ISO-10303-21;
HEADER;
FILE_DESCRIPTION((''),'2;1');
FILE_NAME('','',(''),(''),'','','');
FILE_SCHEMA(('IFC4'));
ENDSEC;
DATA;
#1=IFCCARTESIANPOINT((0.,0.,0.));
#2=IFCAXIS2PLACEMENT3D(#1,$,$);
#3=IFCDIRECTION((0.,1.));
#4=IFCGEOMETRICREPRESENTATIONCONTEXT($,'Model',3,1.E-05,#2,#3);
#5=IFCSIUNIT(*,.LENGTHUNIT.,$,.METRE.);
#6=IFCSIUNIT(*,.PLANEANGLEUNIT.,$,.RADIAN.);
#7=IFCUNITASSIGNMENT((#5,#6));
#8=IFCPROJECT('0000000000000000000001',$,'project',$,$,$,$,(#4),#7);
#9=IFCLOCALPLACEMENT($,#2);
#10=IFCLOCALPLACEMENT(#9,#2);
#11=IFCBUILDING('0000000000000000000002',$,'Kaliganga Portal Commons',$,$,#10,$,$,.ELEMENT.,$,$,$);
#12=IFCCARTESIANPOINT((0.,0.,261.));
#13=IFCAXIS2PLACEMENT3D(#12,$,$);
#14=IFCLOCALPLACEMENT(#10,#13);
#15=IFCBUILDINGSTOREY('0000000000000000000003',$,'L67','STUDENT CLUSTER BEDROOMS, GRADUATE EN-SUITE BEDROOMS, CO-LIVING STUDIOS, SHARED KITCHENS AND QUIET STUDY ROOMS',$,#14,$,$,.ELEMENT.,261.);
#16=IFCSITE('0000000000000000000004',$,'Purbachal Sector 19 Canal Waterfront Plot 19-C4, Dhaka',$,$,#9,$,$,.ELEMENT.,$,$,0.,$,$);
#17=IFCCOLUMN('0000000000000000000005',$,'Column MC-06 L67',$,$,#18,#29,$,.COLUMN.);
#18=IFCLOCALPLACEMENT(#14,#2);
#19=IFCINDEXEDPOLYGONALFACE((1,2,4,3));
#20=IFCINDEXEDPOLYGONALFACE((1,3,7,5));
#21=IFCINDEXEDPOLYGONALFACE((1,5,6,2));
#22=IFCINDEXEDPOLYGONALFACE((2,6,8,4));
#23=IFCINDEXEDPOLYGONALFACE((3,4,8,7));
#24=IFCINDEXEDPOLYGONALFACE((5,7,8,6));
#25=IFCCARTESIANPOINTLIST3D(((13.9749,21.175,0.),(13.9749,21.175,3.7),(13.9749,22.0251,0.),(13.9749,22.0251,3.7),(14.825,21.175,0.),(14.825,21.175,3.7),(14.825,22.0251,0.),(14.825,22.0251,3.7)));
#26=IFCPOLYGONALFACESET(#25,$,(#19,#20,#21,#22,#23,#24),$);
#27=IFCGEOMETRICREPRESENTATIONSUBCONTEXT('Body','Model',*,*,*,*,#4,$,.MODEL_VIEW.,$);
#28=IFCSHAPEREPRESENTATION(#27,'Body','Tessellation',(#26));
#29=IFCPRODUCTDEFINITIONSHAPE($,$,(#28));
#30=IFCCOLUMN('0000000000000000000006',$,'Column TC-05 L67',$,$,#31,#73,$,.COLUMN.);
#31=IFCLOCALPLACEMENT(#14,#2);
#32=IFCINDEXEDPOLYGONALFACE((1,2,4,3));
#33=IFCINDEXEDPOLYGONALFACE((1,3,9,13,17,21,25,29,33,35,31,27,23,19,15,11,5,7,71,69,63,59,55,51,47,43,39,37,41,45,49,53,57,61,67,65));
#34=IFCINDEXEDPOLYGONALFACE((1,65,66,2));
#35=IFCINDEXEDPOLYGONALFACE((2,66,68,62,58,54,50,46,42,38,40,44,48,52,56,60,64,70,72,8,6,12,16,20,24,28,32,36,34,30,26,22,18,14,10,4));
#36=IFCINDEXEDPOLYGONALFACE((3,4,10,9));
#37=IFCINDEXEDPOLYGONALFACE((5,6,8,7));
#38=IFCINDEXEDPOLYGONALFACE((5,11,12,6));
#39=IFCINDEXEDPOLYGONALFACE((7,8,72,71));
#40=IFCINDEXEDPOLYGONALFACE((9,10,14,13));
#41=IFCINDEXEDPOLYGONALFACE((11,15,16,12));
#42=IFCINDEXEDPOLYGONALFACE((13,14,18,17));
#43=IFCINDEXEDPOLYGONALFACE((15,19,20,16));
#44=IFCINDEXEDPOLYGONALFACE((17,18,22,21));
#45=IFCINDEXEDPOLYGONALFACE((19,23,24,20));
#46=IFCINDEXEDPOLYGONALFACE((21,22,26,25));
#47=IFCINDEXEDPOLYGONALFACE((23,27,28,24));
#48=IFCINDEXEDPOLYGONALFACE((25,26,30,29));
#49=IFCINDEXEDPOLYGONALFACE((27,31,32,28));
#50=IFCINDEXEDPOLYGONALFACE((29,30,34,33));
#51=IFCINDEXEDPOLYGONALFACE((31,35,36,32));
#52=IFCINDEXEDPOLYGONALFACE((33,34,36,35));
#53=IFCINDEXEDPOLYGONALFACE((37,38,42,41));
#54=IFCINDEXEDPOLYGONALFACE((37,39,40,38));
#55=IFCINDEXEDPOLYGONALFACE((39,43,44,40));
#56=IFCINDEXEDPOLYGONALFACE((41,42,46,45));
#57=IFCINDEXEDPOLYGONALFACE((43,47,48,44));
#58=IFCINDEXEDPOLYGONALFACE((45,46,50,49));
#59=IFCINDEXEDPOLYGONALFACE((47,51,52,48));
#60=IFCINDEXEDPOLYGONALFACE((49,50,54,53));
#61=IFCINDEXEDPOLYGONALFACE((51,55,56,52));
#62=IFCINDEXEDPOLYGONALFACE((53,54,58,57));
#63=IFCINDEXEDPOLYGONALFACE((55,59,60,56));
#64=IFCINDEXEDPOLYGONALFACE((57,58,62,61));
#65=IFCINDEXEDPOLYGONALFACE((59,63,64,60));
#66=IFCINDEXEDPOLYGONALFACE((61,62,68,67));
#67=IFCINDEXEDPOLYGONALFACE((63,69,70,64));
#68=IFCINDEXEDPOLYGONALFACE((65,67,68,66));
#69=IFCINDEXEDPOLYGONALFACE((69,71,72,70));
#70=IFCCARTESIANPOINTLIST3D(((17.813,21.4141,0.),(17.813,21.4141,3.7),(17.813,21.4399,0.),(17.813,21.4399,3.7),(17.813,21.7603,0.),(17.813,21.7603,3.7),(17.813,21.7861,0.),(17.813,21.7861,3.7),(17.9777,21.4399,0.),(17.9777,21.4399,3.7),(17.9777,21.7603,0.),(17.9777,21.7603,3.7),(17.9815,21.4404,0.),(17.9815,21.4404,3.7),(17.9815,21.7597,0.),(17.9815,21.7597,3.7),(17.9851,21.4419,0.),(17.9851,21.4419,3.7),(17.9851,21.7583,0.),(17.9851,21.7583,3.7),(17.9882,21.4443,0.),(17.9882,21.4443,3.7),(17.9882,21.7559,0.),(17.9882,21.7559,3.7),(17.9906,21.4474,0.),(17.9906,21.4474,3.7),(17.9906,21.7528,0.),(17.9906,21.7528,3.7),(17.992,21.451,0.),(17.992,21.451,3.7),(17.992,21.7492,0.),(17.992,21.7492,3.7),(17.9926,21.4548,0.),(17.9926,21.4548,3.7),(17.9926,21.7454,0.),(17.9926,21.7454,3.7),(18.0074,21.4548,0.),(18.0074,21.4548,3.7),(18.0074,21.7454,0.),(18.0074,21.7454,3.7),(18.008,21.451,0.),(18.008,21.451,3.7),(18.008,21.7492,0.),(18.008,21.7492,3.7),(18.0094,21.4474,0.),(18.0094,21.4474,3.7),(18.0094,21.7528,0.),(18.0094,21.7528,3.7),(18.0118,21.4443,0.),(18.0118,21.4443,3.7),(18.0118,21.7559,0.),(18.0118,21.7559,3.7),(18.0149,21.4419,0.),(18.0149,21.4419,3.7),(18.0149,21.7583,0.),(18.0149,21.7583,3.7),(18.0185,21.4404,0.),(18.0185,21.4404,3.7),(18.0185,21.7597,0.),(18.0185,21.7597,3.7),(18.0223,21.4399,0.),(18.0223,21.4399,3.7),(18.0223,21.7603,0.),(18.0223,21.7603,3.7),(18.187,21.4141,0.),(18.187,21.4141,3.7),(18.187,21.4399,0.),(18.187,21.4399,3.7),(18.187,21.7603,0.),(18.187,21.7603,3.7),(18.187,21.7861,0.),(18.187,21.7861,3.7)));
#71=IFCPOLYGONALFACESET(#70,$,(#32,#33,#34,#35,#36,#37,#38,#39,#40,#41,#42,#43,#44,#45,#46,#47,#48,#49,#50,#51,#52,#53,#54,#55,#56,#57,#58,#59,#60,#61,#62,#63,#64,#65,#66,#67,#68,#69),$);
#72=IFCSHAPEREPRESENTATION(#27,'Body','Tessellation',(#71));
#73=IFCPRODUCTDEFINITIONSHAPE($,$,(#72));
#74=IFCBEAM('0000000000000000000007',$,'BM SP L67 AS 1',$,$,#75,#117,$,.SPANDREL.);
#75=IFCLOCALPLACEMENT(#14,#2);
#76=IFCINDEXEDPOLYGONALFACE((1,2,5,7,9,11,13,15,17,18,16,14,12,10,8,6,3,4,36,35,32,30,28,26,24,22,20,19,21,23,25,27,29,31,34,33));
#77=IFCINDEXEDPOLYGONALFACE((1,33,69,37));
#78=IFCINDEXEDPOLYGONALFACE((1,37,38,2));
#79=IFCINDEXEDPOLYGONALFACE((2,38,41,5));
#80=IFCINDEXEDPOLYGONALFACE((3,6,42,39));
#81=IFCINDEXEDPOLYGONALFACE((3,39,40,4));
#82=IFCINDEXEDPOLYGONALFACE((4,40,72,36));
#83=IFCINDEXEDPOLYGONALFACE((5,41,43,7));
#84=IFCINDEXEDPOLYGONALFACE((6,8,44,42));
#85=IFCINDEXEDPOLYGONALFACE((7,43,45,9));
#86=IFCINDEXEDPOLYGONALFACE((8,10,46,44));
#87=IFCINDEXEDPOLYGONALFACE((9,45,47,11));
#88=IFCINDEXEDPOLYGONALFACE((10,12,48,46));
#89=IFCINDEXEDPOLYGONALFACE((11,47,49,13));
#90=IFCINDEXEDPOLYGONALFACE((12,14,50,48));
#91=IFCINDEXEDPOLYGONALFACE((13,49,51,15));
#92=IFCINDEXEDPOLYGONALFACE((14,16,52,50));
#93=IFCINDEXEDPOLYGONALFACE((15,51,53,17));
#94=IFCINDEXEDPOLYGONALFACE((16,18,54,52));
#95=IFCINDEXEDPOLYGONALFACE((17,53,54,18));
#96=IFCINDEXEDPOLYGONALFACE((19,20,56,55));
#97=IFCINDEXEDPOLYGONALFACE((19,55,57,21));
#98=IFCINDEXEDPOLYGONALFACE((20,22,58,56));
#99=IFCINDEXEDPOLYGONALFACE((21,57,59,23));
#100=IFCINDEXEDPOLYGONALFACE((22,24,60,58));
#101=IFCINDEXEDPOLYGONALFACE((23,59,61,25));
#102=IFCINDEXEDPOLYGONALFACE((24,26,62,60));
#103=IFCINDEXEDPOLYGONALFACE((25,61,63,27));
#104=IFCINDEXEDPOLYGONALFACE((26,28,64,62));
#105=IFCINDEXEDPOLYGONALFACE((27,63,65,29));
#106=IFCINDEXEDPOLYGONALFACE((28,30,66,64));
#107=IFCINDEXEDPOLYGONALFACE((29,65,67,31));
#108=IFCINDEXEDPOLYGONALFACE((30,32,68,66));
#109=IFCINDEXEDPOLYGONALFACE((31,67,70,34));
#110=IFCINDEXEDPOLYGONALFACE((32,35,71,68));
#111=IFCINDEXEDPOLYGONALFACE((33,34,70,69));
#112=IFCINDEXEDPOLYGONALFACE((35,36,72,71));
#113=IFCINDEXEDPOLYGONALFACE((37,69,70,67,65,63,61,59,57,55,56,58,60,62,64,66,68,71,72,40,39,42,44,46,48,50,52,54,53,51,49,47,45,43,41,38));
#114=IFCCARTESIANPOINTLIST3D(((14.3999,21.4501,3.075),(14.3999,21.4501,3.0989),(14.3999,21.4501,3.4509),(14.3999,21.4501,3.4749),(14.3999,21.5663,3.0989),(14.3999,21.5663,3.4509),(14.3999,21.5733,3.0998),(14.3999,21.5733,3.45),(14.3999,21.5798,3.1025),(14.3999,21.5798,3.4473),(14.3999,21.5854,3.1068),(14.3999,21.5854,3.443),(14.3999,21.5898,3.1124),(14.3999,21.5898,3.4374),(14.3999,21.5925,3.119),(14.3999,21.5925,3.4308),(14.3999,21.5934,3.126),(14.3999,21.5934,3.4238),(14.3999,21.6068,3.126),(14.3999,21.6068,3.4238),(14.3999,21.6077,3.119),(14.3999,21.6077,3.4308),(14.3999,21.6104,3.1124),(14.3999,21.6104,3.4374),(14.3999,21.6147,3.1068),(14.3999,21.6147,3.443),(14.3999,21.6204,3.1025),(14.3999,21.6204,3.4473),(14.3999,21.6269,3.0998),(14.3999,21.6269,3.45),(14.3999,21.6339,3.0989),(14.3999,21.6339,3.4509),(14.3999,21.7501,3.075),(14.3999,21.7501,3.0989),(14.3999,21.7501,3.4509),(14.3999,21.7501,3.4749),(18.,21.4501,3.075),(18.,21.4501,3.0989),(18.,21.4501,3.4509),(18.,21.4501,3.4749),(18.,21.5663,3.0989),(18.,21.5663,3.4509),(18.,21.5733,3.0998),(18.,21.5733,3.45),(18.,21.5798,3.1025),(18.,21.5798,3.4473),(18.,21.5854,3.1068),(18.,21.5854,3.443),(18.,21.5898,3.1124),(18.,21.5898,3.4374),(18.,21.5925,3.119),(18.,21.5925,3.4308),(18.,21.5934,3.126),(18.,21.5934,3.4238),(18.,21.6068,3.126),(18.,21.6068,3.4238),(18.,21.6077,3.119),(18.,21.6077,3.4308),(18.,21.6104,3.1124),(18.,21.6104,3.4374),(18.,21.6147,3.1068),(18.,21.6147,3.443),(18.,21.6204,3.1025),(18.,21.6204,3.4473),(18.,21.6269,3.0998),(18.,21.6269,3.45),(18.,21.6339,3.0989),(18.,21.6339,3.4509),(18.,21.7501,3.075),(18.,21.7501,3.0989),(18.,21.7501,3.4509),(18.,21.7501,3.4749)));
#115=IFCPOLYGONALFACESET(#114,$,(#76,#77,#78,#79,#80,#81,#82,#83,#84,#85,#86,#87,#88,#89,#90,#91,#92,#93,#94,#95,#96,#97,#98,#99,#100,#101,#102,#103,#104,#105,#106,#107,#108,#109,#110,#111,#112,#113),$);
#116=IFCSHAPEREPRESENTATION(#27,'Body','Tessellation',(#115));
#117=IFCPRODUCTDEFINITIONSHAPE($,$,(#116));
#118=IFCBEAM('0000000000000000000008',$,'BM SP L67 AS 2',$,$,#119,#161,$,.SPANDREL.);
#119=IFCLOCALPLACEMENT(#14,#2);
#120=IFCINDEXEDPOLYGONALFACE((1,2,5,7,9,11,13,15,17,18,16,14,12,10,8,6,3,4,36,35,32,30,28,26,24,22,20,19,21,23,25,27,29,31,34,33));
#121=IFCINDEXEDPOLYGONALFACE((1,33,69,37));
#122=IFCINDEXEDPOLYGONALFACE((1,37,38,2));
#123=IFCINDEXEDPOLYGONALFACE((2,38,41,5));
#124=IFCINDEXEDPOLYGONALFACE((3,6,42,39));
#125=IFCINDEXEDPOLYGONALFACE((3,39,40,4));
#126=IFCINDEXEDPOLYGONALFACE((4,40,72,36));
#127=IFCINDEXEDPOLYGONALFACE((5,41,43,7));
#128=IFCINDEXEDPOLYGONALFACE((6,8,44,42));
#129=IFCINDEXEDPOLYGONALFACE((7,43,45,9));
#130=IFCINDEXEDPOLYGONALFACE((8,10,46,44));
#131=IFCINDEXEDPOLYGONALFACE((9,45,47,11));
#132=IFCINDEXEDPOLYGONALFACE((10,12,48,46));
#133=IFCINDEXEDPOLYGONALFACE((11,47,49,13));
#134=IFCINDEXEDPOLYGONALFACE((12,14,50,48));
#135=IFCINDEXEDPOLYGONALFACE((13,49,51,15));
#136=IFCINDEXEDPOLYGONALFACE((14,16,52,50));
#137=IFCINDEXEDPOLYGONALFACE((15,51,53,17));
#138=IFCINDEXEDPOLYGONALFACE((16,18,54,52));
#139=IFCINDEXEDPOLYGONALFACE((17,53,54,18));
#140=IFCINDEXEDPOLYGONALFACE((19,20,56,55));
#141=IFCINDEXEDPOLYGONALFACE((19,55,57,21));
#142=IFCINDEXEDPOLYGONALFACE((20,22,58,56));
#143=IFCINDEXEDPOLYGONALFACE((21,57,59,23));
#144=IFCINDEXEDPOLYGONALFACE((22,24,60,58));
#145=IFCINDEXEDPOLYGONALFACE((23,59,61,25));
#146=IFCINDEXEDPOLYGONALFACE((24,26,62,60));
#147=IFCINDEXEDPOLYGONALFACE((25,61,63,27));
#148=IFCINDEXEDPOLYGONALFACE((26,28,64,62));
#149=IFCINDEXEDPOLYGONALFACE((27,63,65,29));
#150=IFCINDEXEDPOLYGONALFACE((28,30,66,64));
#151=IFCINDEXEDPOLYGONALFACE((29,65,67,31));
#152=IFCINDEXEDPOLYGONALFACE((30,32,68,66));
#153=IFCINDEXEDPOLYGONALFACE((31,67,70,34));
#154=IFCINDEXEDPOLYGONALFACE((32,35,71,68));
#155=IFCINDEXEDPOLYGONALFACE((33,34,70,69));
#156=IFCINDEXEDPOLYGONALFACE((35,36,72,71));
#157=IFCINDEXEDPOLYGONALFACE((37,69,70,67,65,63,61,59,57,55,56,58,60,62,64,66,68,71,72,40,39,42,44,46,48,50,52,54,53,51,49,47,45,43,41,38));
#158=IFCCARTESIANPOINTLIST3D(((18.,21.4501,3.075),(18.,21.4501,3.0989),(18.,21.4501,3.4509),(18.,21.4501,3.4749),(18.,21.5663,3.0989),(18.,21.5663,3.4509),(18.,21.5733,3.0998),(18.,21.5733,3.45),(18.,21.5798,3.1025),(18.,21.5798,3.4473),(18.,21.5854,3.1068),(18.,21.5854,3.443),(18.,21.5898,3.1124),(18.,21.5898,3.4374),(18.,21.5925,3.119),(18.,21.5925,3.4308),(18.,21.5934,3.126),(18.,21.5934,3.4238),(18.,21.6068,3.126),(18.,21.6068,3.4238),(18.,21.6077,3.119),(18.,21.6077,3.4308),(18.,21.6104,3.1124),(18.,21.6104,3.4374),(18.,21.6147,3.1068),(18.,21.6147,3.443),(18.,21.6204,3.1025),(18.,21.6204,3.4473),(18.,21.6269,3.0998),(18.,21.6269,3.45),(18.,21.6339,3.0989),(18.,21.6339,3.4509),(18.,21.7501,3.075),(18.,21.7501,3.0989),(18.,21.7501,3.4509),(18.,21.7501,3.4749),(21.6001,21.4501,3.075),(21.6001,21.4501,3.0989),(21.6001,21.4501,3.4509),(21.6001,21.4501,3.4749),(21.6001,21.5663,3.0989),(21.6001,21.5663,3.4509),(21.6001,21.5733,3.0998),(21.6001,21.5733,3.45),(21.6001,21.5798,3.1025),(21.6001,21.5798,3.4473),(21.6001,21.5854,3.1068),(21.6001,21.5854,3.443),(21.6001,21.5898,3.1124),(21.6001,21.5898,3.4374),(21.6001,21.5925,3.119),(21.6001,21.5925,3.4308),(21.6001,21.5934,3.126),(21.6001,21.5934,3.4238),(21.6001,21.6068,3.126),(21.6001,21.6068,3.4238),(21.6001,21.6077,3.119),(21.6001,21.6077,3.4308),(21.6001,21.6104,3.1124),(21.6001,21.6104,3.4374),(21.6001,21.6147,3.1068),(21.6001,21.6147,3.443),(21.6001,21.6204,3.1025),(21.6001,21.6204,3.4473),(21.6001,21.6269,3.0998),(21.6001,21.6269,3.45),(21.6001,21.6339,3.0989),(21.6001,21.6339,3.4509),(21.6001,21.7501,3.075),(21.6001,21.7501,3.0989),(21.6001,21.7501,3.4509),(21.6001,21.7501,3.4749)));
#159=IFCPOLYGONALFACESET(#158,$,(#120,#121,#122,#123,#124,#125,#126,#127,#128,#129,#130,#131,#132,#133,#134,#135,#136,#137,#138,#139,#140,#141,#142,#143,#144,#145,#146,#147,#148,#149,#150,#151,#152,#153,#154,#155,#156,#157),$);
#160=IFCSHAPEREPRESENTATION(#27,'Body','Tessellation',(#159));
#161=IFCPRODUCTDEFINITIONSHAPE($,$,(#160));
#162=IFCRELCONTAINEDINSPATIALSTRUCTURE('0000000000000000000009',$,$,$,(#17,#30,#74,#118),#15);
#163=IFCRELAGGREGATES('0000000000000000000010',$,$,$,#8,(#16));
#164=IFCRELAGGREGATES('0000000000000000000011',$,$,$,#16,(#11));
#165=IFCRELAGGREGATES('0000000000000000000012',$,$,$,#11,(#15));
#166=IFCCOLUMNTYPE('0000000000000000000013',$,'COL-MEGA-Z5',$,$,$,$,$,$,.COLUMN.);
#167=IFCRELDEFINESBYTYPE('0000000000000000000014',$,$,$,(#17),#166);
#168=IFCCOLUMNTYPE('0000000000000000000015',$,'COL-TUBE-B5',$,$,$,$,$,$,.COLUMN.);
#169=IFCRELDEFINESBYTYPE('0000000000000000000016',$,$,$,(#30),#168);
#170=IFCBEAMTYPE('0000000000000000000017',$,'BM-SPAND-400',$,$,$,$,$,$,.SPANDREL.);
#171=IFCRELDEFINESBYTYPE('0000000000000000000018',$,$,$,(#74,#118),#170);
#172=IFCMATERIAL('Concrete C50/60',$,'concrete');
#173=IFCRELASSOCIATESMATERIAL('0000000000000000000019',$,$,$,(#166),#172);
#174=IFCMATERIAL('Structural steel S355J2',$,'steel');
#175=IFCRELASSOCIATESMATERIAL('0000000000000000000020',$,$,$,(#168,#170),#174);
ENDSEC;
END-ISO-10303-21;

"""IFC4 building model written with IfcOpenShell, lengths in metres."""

from ifc_helpers import new_model, si_unit, direction, frame, origin, origin_2d, place, context, subcontext, project, spatial, rectangle, i_section, extrude, source, transform, mapped, material, material_profile, profile_set, type_object, element, save


model = new_model("IFC4")

# Units and contexts
model_context = context("Model", 3, precision=1e-05, world=origin(), true_north=direction((0.0, 1.0)))
body_context = subcontext(model_context, "Body", "Model", "MODEL_VIEW")
ifc_project = project(units=[si_unit("LENGTHUNIT", "METRE"), si_unit("PLANEANGLEUNIT", "RADIAN")], contexts=[model_context])

# Site, building, storey
site_placement = place(None, origin())
site = spatial("IfcSite", under=ifc_project, at=site_placement, Name="Purbachal Sector 19 Canal Waterfront Plot 19-C4, Dhaka", CompositionType="ELEMENT", RefElevation=0.0)
building_placement = place(site_placement, origin())
building = spatial("IfcBuilding", under=site, at=building_placement, Name="Kaliganga Portal Commons", CompositionType="ELEMENT")
storey_placement = place(building_placement, frame((0.0, 0.0, 261.0)))
storey = spatial("IfcBuildingStorey", under=building, at=storey_placement, Name="L67", Description="STUDENT CLUSTER BEDROOMS, GRADUATE EN-SUITE BEDROOMS, CO-LIVING STUDIOS, SHARED KITCHENS AND QUIET STUDY ROOMS", CompositionType="ELEMENT", Elevation=261.0)

# Columns
ifc_material_1 = material(Name="Concrete C50/60", Category="concrete")
ifc_material_profile_1 = material_profile(ifc_material_1, rectangle(XDim=0.8501, YDim=0.8501, at=origin_2d()), Name="RC 850x850")
ifc_profile_set_1 = profile_set([ifc_material_profile_1], Name="Concrete C50/60")
column_type_1 = type_object("IfcColumnType", Name="COL-MEGA-Z5", PredefinedType="COLUMN", material=ifc_profile_set_1)
shared_shape_1 = source(origin(), body_context, "Body", "SweptSolid", [
    extrude(rectangle(XDim=0.8501, YDim=0.8501, at=origin_2d()), origin(), (0.0, 0.0, 1.0), 3.7),
])
column_1_placement = place(storey_placement, frame((14.3999, 21.6001, 0.0), z_axis=(0.0, 0.0, 1.0), x_axis=(1.0, 0.0, 0.0)))
element("IfcColumn", 1, at=column_1_placement, inside=storey, type_object=column_type_1, Name="Column MC-06 L67", PredefinedType="COLUMN", context=body_context, shape_type="MappedRepresentation", body=[
    mapped(shared_shape_1, transform((0.0, 0.0, 0.0), x_axis=(1.0, 0.0, 0.0), y_axis=(0.0, 1.0, 0.0), z_axis=(0.0, 0.0, 1.0), scale=1.0)),
])
ifc_material_2 = material(Name="Structural steel S355J2", Category="steel")
ifc_material_profile_2 = material_profile(ifc_material_2, i_section(OverallWidth=0.374, OverallDepth=0.3721, WebThickness=0.0149, FlangeThickness=0.0259, FilletRadius=0.0149, at=origin_2d()), Name="HD 360x196")
ifc_profile_set_2 = profile_set([ifc_material_profile_2], Name="Structural steel S355J2 wide-flange")
column_type_2 = type_object("IfcColumnType", Name="COL-TUBE-B5", PredefinedType="COLUMN", material=ifc_profile_set_2)
shared_shape_2 = source(origin(), body_context, "Body", "SweptSolid", [
    extrude(i_section(OverallWidth=0.374, OverallDepth=0.3721, WebThickness=0.0149, FlangeThickness=0.0259, FilletRadius=0.0149, at=origin_2d()), origin(), (0.0, 0.0, 1.0), 3.7),
])
column_2_placement = place(storey_placement, frame((18.0, 21.6001, 0.0), z_axis=(0.0, 0.0, 1.0), x_axis=(1.0, 0.0, 0.0)))
element("IfcColumn", 2, at=column_2_placement, inside=storey, type_object=column_type_2, Name="Column TC-05 L67", PredefinedType="COLUMN", context=body_context, shape_type="MappedRepresentation", body=[
    mapped(shared_shape_2, transform((0.0, 0.0, 0.0), x_axis=(1.0, 0.0, 0.0), y_axis=(0.0, 1.0, 0.0), z_axis=(0.0, 0.0, 1.0), scale=1.0)),
])

# Beams
ifc_material_profile_3 = material_profile(ifc_material_2, i_section(OverallWidth=0.3, OverallDepth=0.3999, WebThickness=0.0134, FlangeThickness=0.0239, FilletRadius=0.0271, at=origin_2d()), Name="HE 400 B")
ifc_profile_set_3 = profile_set([ifc_material_profile_3], Name="Structural steel S355J2 wide-flange")
beam_type_1 = type_object("IfcBeamType", Name="BM-SPAND-400", PredefinedType="SPANDREL", material=ifc_profile_set_3)
shared_shape_3 = source(origin(), body_context, "Body", "SweptSolid", [
    extrude(i_section(OverallWidth=0.3, OverallDepth=0.3999, WebThickness=0.0134, FlangeThickness=0.0239, FilletRadius=0.0271, at=origin_2d()), origin(), (0.0, 0.0, 1.0), 3.6001),
])
for number, where, z_axis, x_axis, name in (
    (3, (14.3999, 21.6001, 3.2749), (1.0, 0.0, 0.0), (0.0, 1.0, 0.0), "BM SP L67 AS 1"),
    (4, (18.0, 21.6001, 3.2749), (1.0, 0.0, 0.0), (0.0, 1.0, 0.0), "BM SP L67 AS 2"),
):
    element("IfcBeam", number, at=place(storey_placement, frame(where, z_axis=z_axis, x_axis=x_axis)), inside=storey, type_object=beam_type_1, Name=name, PredefinedType="SPANDREL", context=body_context, shape_type="MappedRepresentation", body=[
        mapped(shared_shape_3, transform((0.0, 0.0, 0.0), x_axis=(1.0, 0.0, 0.0), y_axis=(0.0, 1.0, 0.0), z_axis=(0.0, 0.0, 1.0), scale=1.0)),
    ])

save(model, "model.ifc")
